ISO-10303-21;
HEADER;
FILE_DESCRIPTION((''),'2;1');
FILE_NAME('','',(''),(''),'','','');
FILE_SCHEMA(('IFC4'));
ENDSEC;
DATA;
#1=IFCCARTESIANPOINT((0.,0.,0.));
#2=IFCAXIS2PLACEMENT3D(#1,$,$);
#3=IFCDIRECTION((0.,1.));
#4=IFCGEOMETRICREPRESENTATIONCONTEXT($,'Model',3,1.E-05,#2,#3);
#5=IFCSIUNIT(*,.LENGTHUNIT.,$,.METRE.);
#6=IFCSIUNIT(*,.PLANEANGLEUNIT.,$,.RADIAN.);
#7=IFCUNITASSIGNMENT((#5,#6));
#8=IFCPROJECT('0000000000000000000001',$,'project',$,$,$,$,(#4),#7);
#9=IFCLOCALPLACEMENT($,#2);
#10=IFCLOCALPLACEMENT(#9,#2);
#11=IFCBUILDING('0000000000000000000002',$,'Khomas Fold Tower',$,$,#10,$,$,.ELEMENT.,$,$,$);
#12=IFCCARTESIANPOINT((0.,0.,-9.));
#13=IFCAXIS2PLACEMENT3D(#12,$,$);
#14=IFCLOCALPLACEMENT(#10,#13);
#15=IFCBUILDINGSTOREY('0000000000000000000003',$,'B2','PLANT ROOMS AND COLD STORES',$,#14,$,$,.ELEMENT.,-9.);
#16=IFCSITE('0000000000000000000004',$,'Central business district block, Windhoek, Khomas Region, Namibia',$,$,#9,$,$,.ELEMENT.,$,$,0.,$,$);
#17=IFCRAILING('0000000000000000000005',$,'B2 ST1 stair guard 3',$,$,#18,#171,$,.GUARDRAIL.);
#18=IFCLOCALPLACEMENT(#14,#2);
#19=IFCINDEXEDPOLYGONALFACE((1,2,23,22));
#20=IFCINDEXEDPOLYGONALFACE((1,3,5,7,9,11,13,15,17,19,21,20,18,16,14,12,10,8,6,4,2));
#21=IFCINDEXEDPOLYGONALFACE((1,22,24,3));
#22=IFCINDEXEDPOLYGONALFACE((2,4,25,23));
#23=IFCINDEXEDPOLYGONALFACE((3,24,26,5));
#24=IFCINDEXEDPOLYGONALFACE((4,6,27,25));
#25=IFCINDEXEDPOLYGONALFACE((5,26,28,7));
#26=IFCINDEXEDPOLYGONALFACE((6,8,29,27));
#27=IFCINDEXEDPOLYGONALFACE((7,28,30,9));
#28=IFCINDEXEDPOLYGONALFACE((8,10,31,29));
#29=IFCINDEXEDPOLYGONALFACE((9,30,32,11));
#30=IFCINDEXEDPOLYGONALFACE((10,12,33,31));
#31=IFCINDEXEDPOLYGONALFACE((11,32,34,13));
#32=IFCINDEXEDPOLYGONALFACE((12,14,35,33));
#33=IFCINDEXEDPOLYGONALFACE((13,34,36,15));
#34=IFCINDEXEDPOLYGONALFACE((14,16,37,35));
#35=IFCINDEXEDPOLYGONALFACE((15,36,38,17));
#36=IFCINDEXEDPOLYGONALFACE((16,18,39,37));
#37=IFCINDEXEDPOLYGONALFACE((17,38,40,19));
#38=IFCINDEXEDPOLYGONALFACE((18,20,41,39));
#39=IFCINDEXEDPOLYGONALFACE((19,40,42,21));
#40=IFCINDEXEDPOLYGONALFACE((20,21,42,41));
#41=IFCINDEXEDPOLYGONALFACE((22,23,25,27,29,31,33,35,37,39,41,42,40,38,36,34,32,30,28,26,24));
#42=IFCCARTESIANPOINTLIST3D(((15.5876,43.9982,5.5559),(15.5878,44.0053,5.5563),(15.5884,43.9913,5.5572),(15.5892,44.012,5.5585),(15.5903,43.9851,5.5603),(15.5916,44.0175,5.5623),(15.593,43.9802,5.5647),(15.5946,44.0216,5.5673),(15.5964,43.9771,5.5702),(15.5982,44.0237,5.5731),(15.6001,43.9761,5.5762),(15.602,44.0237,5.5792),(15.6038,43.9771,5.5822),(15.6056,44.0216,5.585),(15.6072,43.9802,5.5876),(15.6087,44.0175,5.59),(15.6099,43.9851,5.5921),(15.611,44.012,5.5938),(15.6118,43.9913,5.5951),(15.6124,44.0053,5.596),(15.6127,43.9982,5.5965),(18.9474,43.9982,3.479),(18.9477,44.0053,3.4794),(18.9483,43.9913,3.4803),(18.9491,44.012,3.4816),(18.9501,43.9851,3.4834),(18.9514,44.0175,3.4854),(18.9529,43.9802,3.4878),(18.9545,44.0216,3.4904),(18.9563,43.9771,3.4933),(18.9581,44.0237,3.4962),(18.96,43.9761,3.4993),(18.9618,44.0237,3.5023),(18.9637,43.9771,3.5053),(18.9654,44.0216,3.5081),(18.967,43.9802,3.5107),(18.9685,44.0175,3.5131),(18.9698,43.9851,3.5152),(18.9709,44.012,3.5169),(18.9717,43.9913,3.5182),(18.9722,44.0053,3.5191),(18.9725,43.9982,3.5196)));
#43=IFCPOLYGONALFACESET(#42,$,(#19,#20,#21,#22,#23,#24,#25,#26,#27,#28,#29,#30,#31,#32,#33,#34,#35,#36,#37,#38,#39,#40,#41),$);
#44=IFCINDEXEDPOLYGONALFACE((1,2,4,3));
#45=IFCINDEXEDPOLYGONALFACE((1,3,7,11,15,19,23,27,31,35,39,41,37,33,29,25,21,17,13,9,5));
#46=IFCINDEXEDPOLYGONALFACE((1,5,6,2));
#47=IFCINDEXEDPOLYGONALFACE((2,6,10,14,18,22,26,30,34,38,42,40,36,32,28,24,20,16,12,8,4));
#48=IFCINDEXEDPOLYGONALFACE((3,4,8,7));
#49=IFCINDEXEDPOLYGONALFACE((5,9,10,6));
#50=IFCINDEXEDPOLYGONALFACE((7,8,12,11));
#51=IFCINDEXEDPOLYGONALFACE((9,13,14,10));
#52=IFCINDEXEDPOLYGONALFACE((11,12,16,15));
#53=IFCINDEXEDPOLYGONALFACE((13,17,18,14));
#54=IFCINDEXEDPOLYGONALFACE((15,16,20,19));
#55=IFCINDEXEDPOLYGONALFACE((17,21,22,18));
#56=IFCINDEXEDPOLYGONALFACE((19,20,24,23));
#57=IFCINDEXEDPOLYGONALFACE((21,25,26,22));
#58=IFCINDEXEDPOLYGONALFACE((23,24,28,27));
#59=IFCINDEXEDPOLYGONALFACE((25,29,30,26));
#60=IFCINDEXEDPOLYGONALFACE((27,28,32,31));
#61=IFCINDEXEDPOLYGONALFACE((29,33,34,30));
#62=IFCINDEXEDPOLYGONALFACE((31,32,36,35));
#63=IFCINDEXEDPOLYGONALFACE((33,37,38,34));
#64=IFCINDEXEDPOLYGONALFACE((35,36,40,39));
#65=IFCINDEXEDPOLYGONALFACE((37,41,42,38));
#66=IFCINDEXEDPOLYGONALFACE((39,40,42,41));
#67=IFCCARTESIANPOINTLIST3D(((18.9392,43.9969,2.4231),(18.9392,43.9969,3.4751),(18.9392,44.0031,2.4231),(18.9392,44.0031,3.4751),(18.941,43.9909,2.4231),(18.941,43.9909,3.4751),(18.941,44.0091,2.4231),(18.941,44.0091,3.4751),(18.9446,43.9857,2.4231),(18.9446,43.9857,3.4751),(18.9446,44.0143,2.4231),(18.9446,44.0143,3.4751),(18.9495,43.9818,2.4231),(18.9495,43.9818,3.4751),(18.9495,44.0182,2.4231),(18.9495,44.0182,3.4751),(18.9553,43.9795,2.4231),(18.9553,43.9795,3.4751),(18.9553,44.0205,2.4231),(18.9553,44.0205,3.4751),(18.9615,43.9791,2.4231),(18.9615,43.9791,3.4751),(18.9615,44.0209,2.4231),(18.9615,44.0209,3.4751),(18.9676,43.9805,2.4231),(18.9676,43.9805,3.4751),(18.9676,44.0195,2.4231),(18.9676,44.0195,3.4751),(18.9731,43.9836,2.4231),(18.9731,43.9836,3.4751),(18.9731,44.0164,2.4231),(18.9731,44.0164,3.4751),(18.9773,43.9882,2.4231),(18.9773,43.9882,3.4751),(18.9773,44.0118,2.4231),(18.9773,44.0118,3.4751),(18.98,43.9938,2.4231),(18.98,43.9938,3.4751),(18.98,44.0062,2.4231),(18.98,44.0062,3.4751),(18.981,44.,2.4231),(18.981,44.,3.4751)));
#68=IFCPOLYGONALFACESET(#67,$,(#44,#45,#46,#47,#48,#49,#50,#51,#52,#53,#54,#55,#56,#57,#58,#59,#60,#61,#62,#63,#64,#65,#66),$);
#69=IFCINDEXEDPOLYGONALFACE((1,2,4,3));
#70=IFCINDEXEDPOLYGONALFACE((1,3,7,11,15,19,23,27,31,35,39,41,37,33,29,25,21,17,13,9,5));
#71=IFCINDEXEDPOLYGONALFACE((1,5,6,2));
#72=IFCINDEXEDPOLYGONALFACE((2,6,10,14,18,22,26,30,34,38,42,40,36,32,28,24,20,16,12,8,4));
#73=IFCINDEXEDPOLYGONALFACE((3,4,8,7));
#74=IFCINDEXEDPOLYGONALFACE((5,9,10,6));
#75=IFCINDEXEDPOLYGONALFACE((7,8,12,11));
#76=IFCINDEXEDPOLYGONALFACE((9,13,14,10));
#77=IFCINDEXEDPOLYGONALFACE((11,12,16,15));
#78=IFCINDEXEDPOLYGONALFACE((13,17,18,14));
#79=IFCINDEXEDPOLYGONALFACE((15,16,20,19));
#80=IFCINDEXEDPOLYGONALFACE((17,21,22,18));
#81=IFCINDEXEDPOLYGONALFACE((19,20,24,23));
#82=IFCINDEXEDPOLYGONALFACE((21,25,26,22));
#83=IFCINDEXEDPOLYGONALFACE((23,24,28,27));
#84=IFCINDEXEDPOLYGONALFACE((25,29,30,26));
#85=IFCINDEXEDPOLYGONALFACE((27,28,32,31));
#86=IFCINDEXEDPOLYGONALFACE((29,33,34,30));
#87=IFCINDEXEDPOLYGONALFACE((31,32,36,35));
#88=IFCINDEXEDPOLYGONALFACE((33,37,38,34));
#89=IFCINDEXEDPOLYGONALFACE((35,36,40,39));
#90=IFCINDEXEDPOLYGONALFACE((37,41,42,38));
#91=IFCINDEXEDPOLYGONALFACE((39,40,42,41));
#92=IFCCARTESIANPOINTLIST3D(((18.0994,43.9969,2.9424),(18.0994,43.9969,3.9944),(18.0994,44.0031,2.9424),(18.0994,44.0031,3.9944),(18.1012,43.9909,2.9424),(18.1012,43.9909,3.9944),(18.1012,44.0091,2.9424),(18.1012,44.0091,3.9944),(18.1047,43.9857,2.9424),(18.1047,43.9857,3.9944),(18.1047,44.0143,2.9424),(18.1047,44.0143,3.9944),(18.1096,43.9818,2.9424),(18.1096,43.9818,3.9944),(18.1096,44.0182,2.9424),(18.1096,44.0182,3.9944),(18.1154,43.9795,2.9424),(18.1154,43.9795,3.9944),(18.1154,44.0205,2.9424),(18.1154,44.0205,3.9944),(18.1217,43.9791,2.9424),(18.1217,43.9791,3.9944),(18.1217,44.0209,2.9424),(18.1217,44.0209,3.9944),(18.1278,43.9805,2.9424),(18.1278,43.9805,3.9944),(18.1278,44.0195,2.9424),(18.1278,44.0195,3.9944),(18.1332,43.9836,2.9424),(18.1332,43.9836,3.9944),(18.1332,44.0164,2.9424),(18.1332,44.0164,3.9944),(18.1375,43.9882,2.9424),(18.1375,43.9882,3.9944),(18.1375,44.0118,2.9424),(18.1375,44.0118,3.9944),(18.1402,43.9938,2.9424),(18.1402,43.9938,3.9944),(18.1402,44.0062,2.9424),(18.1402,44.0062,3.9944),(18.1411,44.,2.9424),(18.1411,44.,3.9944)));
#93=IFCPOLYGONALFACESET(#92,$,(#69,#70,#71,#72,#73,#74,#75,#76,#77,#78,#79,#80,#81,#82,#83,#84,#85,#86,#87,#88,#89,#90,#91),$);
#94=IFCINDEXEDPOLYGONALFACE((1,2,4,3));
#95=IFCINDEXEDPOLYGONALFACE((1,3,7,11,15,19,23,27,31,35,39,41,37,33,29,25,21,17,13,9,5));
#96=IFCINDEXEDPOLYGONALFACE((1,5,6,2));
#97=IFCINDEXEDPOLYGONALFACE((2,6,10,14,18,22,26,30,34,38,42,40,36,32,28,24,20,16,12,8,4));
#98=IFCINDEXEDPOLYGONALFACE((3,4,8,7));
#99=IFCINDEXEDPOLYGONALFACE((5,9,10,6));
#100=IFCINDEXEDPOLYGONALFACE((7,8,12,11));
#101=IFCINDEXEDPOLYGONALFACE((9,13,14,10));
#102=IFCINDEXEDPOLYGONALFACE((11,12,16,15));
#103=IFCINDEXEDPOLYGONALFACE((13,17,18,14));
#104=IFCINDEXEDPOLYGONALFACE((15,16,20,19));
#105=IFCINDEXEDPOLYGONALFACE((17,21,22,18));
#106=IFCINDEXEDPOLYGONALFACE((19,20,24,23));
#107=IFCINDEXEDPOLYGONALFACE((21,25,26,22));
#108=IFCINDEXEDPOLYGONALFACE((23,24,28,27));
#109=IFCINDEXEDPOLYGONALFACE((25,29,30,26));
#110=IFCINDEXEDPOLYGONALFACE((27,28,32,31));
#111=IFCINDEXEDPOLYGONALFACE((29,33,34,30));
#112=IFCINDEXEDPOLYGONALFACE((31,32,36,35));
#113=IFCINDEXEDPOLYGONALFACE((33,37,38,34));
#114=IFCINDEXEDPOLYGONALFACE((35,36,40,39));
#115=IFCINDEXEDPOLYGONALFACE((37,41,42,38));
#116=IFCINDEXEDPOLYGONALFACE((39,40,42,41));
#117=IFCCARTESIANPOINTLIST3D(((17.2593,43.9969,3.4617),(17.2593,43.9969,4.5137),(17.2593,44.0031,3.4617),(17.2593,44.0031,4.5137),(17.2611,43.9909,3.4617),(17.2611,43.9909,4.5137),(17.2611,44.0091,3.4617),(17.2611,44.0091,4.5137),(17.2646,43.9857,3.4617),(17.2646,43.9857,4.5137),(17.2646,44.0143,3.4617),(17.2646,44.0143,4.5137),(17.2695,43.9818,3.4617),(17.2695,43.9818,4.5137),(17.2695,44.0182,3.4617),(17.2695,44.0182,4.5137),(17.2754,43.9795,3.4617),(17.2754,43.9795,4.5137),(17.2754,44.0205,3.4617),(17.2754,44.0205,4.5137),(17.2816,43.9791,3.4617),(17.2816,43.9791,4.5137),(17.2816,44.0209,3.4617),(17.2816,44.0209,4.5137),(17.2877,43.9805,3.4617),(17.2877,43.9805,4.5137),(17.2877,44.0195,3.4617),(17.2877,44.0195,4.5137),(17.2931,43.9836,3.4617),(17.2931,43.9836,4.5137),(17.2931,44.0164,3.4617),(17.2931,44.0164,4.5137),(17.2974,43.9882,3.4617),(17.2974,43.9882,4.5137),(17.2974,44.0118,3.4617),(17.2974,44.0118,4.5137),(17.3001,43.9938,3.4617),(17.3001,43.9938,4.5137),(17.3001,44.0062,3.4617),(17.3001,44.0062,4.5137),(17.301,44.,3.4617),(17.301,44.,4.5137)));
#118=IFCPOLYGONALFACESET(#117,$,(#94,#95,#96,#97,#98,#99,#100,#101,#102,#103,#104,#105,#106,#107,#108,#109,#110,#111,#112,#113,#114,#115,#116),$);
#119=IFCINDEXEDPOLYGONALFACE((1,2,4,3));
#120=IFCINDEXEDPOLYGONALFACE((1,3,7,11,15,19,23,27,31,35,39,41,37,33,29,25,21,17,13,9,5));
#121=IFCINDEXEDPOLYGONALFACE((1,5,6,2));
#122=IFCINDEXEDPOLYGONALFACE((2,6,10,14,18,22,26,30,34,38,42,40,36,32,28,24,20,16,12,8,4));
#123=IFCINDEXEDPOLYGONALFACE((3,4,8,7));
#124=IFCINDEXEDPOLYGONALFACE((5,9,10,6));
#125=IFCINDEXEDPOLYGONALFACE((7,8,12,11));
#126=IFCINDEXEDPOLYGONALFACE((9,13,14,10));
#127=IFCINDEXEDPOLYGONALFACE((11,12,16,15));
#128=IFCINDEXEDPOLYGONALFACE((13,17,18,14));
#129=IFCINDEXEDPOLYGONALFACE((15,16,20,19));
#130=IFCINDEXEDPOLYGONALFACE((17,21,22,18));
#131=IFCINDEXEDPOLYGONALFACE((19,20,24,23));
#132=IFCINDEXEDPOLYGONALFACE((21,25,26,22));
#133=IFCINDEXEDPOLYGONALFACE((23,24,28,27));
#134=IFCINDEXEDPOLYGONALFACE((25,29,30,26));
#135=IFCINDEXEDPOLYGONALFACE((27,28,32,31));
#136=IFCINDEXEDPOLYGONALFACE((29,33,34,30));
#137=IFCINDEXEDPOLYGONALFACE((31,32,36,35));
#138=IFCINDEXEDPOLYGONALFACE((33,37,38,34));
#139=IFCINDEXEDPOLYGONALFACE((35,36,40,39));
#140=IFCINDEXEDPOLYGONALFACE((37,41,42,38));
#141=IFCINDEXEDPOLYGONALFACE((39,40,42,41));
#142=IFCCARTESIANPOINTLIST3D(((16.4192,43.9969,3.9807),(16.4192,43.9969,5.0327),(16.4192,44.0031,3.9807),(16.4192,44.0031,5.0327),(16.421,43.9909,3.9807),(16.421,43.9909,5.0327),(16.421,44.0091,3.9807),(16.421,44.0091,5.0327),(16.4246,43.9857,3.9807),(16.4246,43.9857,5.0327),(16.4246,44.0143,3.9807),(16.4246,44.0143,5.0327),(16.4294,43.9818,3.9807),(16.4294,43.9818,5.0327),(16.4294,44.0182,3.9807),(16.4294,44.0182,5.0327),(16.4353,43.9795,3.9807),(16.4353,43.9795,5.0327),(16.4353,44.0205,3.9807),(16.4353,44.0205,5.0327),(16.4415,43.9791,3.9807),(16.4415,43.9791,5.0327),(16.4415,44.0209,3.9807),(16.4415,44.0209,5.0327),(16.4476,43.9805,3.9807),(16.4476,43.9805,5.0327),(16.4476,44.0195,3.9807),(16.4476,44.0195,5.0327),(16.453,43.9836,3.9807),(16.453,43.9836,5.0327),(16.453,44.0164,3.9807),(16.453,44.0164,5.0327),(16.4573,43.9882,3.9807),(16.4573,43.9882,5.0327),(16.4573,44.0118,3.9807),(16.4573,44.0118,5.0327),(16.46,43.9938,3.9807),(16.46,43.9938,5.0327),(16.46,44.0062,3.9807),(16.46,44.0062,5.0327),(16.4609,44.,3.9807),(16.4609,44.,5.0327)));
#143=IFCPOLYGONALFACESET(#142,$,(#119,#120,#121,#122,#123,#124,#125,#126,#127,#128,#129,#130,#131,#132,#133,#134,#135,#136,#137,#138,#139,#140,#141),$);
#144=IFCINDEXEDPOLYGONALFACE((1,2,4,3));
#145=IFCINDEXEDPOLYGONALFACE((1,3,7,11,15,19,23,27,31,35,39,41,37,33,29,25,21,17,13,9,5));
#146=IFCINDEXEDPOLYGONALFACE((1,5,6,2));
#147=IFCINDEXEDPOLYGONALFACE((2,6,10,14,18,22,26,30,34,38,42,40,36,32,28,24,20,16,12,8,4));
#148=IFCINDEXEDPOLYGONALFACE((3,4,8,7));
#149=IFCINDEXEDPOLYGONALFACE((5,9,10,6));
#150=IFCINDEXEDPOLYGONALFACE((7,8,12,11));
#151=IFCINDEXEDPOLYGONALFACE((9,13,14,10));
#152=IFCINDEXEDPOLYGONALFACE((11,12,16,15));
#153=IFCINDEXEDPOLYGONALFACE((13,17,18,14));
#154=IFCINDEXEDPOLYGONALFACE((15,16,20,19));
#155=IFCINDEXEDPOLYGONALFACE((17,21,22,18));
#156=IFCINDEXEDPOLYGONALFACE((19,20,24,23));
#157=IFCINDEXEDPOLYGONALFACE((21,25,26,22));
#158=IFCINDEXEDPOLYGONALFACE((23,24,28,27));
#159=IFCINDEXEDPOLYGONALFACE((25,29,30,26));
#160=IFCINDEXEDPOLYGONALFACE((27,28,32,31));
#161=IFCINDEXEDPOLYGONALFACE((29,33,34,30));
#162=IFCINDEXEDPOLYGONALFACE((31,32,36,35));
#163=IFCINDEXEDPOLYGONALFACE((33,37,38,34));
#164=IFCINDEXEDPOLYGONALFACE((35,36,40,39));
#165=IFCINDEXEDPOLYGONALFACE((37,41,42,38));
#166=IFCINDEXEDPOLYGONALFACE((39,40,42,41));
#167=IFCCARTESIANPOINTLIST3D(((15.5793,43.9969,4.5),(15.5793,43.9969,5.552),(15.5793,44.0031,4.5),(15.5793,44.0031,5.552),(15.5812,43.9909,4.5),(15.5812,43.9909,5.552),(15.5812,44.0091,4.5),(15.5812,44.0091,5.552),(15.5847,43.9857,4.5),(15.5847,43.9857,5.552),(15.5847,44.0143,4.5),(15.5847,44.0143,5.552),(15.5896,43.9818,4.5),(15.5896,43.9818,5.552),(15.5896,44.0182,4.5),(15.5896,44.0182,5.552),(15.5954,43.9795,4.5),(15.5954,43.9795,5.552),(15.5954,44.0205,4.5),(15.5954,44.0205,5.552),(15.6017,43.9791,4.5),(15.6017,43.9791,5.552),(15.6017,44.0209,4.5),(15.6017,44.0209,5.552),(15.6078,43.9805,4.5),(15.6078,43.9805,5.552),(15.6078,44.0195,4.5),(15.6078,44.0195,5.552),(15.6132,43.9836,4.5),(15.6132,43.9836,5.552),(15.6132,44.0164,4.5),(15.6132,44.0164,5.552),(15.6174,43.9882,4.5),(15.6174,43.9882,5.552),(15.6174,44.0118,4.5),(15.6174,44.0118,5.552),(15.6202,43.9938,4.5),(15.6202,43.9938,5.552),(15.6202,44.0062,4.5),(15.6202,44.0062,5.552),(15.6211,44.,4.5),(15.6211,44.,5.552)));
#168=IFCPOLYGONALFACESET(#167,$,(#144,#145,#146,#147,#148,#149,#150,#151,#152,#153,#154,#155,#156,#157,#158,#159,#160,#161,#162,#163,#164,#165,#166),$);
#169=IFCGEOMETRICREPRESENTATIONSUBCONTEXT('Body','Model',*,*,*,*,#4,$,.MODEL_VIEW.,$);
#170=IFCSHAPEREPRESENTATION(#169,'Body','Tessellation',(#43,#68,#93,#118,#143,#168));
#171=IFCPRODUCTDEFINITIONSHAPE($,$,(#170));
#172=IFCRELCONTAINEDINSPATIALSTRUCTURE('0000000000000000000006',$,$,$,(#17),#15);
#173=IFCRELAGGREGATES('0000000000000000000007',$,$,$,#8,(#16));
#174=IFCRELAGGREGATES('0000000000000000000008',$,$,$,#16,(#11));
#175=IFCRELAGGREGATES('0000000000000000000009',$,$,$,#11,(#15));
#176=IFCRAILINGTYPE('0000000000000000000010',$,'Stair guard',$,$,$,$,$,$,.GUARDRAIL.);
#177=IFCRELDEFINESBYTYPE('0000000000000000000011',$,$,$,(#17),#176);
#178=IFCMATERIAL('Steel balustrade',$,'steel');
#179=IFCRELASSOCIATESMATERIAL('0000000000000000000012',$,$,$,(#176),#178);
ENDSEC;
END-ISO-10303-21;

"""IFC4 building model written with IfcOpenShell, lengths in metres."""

from ifc_helpers import new_model, si_unit, direction, frame, origin, origin_2d, place, context, subcontext, project, spatial, circle, extrude, source, transform, mapped, material, type_object, element, save


model = new_model("IFC4")

# Units and contexts
model_context = context("Model", 3, precision=1e-05, world=origin(), true_north=direction((0.0, 1.0)))
body_context = subcontext(model_context, "Body", "Model", "MODEL_VIEW")
ifc_project = project(units=[si_unit("LENGTHUNIT", "METRE"), si_unit("PLANEANGLEUNIT", "RADIAN")], contexts=[model_context])

# Site, building, storey
site_placement = place(None, origin())
site = spatial("IfcSite", under=ifc_project, at=site_placement, Name="Central business district block, Windhoek, Khomas Region, Namibia", CompositionType="ELEMENT", RefElevation=0.0)
building_placement = place(site_placement, origin())
building = spatial("IfcBuilding", under=site, at=building_placement, Name="Khomas Fold Tower", CompositionType="ELEMENT")
storey_placement = place(building_placement, frame((0.0, 0.0, -9.0)))
storey = spatial("IfcBuildingStorey", under=building, at=storey_placement, Name="B2", Description="PLANT ROOMS AND COLD STORES", CompositionType="ELEMENT", Elevation=-9.0)

# Railing
ifc_material_1 = material(Name="Steel balustrade", Category="steel")
railing_type_1 = type_object("IfcRailingType", Name="Stair guard", PredefinedType="GUARDRAIL", material=ifc_material_1)
shared_shape_1 = source(origin(), body_context, "Body", "SweptSolid", [
    extrude(circle(Radius=0.0239, at=origin_2d()), frame((0.0, 0.0, 1.0762), z_axis=(-0.850606, 0.0, 0.525803), x_axis=(0.0, -1.0, 0.0)), (0.0, 0.0, 1.0), 3.95),
    extrude(circle(Radius=0.021, at=origin_2d()), origin(), (0.0, 0.0, 1.0), 1.052),
    extrude(circle(Radius=0.021, at=origin_2d()), frame((-0.8398, 0.0, 0.5193)), (0.0, 0.0, 1.0), 1.052),
    extrude(circle(Radius=0.021, at=origin_2d()), frame((-1.6799, 0.0, 1.0386)), (0.0, 0.0, 1.0), 1.052),
    extrude(circle(Radius=0.021, at=origin_2d()), frame((-2.52, 0.0, 1.5576)), (0.0, 0.0, 1.0), 1.052),
    extrude(circle(Radius=0.021, at=origin_2d()), frame((-3.3599, 0.0, 2.0769)), (0.0, 0.0, 1.0), 1.052),
])
railing_1_placement = place(storey_placement, frame((18.96, 44.0, 2.4231)))
element("IfcRailing", 1, at=railing_1_placement, inside=storey, type_object=railing_type_1, Name="B2 ST1 stair guard 3", PredefinedType="GUARDRAIL", context=body_context, shape_type="MappedRepresentation", body=[
    mapped(shared_shape_1, transform((0.0, 0.0, 0.0))),
])

save(model, "model.ifc")
